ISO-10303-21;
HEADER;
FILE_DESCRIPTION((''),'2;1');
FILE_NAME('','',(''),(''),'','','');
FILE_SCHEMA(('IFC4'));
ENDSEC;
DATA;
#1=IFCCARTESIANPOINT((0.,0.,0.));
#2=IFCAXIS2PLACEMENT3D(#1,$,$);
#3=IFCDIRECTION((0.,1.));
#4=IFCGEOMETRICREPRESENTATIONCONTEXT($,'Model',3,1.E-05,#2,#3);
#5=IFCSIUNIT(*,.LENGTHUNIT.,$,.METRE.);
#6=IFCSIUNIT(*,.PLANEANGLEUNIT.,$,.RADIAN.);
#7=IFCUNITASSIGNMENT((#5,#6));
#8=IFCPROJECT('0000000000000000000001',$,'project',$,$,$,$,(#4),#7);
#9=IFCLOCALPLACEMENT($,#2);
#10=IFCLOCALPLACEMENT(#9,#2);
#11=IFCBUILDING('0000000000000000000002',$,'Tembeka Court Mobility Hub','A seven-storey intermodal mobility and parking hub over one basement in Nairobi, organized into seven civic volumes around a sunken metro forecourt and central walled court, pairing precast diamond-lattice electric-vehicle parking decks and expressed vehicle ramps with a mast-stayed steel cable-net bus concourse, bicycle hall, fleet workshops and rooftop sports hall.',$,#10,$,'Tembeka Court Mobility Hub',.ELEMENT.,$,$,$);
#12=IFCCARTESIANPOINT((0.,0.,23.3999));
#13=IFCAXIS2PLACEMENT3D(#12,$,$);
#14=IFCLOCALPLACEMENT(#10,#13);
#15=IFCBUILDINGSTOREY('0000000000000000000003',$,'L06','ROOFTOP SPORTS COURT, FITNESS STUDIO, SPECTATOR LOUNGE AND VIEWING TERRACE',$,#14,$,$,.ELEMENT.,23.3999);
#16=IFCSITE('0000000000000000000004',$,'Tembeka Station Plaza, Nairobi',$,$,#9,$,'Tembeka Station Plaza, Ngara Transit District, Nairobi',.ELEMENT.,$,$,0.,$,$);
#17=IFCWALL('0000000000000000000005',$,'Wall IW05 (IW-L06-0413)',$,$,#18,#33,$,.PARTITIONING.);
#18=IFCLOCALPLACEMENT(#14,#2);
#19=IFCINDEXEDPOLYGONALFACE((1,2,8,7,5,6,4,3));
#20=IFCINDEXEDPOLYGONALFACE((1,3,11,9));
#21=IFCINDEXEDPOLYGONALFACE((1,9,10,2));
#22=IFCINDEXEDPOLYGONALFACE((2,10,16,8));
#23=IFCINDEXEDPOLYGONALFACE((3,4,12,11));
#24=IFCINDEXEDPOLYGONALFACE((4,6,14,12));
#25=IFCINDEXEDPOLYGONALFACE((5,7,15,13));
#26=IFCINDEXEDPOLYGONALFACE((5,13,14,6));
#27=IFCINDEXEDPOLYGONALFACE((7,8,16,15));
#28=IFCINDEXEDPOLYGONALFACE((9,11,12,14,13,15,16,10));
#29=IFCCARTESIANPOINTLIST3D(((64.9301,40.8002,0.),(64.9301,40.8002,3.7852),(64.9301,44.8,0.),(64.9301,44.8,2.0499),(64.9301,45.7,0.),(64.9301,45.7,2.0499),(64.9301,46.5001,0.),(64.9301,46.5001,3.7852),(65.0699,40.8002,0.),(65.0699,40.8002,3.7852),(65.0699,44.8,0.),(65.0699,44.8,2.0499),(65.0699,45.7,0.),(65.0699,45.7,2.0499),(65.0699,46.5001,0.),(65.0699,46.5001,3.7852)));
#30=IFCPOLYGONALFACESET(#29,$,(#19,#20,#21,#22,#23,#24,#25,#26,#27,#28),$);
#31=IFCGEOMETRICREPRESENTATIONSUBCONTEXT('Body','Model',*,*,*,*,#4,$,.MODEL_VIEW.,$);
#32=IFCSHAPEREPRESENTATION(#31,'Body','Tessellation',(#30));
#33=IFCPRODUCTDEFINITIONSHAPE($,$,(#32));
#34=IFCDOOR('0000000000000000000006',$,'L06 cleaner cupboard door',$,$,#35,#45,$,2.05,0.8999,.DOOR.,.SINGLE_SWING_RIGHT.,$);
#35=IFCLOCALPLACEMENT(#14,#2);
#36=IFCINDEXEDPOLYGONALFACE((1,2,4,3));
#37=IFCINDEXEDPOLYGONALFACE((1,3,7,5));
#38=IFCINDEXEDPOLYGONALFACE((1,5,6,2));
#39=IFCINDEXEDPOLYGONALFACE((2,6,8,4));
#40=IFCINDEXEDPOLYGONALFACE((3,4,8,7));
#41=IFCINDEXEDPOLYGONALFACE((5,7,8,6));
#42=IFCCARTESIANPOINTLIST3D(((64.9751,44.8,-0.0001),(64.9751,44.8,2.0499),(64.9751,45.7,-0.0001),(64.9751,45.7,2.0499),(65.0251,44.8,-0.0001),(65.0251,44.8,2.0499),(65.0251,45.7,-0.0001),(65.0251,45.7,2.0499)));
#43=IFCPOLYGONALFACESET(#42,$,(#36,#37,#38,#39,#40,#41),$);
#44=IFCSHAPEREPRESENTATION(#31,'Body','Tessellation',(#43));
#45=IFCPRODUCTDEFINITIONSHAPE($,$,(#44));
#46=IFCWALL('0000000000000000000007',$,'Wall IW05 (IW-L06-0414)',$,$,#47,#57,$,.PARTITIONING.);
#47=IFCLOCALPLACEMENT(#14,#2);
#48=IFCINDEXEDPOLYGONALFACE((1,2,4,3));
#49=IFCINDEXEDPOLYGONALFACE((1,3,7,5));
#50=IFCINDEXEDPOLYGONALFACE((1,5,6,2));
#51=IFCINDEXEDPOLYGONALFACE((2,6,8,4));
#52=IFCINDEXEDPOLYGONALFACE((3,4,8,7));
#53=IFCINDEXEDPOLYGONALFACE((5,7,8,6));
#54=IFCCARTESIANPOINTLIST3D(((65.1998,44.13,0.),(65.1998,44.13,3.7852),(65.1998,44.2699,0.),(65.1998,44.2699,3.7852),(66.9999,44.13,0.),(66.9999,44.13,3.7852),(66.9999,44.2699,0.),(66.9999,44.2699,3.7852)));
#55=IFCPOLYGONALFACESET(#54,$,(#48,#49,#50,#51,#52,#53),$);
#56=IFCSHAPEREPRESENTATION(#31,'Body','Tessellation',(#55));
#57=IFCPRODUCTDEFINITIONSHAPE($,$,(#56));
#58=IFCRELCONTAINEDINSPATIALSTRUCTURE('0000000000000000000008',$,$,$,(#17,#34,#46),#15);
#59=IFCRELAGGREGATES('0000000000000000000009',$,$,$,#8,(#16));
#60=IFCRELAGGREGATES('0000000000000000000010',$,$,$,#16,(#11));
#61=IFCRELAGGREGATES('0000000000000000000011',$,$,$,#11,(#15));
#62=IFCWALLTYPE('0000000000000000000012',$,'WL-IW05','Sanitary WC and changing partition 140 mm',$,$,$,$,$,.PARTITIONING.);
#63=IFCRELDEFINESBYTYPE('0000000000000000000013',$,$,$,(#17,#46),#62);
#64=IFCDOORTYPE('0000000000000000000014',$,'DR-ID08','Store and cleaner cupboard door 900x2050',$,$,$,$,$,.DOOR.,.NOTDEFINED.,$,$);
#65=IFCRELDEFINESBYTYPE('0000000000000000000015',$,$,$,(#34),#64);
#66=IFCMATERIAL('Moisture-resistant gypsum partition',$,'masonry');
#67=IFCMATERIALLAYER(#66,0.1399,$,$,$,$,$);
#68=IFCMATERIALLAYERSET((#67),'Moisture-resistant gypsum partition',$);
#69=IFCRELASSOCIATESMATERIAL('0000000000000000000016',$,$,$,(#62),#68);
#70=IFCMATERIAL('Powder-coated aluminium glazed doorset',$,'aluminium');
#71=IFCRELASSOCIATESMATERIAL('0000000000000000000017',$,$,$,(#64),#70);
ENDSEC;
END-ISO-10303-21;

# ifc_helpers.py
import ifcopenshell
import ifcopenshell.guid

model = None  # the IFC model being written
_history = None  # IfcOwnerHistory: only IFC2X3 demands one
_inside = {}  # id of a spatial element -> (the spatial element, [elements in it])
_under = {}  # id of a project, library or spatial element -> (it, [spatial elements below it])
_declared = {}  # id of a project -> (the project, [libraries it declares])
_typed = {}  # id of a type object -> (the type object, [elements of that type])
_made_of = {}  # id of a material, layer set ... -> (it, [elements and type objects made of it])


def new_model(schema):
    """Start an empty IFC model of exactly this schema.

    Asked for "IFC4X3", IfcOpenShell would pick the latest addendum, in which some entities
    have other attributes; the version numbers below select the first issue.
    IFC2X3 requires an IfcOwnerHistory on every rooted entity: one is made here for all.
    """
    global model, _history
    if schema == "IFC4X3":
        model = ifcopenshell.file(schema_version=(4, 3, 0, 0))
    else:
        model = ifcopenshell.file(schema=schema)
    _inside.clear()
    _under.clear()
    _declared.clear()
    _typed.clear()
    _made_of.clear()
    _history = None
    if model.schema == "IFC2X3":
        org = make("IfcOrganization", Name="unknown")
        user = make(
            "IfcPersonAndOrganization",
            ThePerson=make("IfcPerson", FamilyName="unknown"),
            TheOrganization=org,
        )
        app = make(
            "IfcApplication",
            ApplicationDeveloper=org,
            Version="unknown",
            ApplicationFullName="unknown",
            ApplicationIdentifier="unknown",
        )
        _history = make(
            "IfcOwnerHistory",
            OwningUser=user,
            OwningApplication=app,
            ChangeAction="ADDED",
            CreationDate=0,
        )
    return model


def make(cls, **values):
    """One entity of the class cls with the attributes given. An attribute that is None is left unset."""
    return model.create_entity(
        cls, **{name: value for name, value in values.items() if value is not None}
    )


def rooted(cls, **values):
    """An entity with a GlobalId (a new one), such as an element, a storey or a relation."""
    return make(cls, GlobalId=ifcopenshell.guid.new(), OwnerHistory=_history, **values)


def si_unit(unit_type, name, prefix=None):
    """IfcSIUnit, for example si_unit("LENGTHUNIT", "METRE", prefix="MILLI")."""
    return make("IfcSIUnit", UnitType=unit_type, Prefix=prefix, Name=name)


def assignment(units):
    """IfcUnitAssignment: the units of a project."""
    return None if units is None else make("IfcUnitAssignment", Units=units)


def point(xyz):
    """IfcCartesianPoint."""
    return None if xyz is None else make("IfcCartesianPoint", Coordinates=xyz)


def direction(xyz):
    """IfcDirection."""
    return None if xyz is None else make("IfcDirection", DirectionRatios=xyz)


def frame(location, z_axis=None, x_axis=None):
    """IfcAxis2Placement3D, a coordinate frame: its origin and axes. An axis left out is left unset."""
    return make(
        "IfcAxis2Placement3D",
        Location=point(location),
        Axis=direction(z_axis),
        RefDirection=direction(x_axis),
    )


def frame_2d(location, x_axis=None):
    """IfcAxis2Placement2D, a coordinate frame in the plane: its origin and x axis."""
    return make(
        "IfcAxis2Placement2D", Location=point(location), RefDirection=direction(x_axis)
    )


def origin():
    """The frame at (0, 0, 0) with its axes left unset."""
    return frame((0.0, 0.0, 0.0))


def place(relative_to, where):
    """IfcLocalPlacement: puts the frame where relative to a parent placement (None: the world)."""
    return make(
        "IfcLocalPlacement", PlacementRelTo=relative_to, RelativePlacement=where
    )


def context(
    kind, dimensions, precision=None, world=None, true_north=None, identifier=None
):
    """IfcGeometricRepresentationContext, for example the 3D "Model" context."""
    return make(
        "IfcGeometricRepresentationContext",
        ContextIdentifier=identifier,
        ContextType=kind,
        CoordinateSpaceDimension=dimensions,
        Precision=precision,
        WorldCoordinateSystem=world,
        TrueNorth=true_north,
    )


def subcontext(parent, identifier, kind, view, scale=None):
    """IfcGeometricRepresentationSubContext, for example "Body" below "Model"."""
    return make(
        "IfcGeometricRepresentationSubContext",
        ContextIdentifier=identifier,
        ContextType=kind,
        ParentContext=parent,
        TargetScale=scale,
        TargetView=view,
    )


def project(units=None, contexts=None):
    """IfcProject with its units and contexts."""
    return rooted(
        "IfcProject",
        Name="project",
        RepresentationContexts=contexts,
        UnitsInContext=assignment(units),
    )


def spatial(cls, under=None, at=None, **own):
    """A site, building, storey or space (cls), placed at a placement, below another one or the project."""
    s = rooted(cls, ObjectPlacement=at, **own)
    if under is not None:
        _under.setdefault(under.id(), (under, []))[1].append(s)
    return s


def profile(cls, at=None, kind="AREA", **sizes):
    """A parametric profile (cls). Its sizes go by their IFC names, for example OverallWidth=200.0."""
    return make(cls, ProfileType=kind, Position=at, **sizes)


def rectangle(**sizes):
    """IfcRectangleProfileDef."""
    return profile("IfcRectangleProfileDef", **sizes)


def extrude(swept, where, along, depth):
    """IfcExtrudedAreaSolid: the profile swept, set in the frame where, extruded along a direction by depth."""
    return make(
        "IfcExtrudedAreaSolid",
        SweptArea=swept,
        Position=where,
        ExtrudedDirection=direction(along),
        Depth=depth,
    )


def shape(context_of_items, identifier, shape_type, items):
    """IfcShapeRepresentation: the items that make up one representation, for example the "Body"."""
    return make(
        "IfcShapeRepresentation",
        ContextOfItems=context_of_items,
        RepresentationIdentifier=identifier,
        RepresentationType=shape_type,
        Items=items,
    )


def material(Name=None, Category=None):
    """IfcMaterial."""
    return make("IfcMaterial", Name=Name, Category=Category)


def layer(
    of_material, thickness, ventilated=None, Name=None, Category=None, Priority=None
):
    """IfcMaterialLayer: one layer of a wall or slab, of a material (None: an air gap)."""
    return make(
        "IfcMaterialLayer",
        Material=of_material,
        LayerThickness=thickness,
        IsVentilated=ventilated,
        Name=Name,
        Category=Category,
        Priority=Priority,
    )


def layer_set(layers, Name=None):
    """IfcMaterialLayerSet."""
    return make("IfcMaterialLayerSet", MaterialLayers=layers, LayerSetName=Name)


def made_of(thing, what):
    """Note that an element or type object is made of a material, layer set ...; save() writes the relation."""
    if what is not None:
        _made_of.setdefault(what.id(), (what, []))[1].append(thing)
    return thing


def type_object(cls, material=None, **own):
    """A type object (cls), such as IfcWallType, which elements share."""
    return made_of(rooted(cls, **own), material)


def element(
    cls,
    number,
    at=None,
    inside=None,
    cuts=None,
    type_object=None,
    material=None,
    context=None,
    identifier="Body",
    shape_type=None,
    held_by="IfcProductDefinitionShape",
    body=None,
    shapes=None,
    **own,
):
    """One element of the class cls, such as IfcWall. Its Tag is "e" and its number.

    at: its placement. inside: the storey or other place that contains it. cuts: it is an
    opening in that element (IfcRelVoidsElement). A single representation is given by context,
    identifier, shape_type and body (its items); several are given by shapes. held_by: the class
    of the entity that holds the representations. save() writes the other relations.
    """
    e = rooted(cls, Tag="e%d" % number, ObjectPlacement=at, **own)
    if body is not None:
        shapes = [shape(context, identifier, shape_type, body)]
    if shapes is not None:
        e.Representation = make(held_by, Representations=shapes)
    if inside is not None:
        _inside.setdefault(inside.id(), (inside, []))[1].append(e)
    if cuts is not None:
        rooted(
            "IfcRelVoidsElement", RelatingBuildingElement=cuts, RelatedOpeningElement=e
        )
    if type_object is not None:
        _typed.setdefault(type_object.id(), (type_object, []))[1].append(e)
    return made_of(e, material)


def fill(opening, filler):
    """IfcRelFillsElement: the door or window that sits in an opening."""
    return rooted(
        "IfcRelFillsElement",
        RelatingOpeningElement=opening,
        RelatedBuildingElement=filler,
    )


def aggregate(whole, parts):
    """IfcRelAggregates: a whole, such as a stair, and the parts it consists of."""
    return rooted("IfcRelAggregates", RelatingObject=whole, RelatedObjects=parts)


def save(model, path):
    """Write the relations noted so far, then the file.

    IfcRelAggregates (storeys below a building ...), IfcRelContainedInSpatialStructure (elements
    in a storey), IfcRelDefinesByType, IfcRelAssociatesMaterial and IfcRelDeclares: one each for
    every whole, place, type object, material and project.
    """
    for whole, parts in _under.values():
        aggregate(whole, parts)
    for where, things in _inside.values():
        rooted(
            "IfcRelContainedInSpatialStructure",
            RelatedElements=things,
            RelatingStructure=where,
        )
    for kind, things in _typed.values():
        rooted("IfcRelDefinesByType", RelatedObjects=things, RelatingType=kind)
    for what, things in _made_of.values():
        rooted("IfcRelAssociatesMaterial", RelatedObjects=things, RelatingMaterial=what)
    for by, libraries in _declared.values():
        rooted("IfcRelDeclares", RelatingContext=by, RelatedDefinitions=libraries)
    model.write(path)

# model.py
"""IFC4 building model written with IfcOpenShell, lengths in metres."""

from ifc_helpers import new_model, si_unit, direction, frame, frame_2d, origin, place, context, subcontext, project, spatial, rectangle, extrude, material, layer, layer_set, type_object, element, fill, save


model = new_model("IFC4")

# Units and contexts
model_context = context("Model", 3, precision=1e-05, world=origin(), true_north=direction((0.0, 1.0)))
body_context = subcontext(model_context, "Body", "Model", "MODEL_VIEW")
ifc_project = project(units=[si_unit("LENGTHUNIT", "METRE"), si_unit("PLANEANGLEUNIT", "RADIAN")], contexts=[model_context])

# Site, building, storey
site_placement = place(None, origin())
site = spatial("IfcSite", under=ifc_project, at=site_placement, Name="Tembeka Station Plaza, Nairobi", LongName="Tembeka Station Plaza, Ngara Transit District, Nairobi", CompositionType="ELEMENT", RefElevation=0.0)
building_placement = place(site_placement, origin())
building = spatial("IfcBuilding", under=site, at=building_placement, Name="Tembeka Court Mobility Hub", Description="A seven-storey intermodal mobility and parking hub over one basement in Nairobi, organized into seven civic volumes around a sunken metro forecourt and central walled court, pairing precast diamond-lattice electric-vehicle parking decks and expressed vehicle ramps with a mast-stayed steel cable-net bus concourse, bicycle hall, fleet workshops and rooftop sports hall.", LongName="Tembeka Court Mobility Hub", CompositionType="ELEMENT")
storey_placement = place(building_placement, frame((0.0, 0.0, 23.3999)))
storey = spatial("IfcBuildingStorey", under=building, at=storey_placement, Name="L06", Description="ROOFTOP SPORTS COURT, FITNESS STUDIO, SPECTATOR LOUNGE AND VIEWING TERRACE", CompositionType="ELEMENT", Elevation=23.3999)

# Shared definitions
ifc_material_1 = material(Name="Moisture-resistant gypsum partition", Category="masonry")
ifc_layer_1 = layer(ifc_material_1, 0.1399)
ifc_layer_set_1 = layer_set([ifc_layer_1], Name="Moisture-resistant gypsum partition")
wall_type_1 = type_object("IfcWallType", Name="WL-IW05", Description="Sanitary WC and changing partition 140 mm", PredefinedType="PARTITIONING", material=ifc_layer_set_1)
ifc_material_2 = material(Name="Powder-coated aluminium glazed doorset", Category="aluminium")

# Wall, opening, door
wall_1_placement = place(storey_placement, frame((65.0, 40.8, 0.0), z_axis=(0.0, 0.0, 1.0), x_axis=(0.0, 1.0, 0.0)))
wall_1 = element("IfcWall", 1, at=wall_1_placement, inside=storey, type_object=wall_type_1, Name="Wall IW05 (IW-L06-0413)", PredefinedType="PARTITIONING", context=body_context, shape_type="SweptSolid", body=[
    extrude(rectangle(XDim=5.7, YDim=0.1399, at=frame_2d((2.8501, 0.0))), origin(), (0.0, 0.0, 1.0), 3.7852),
])
opening_1_placement = place(wall_1_placement, frame((4.0, 0.0, 0.0)))
opening_1 = element("IfcOpeningElement", 2, at=opening_1_placement, cuts=wall_1, PredefinedType="OPENING", context=body_context, shape_type="SweptSolid", body=[
    extrude(rectangle(XDim=0.8999, YDim=2.05, at=frame_2d((0.45, 1.0249))), frame((0.0, 0.0801, 0.0), z_axis=(0.0, -1.0, 0.0), x_axis=(1.0, 0.0, 0.0)), (0.0, 0.0, 1.0), 0.1599),
])
door_type_1 = type_object("IfcDoorType", Name="DR-ID08", Description="Store and cleaner cupboard door 900x2050", OperationType="NOTDEFINED", PredefinedType="DOOR", material=ifc_material_2)
door_1_placement = place(opening_1_placement, origin())
door_1 = element("IfcDoor", 3, at=door_1_placement, inside=storey, type_object=door_type_1, Name="L06 cleaner cupboard door", OperationType="SINGLE_SWING_RIGHT", OverallHeight=2.05, OverallWidth=0.8999, PredefinedType="DOOR", context=body_context, shape_type="SweptSolid", body=[
    extrude(rectangle(XDim=0.8999, YDim=2.05, at=frame_2d((0.45, 1.0249))), frame((0.0, 0.0249, 0.0), z_axis=(0.0, -1.0, 0.0), x_axis=(1.0, 0.0, 0.0)), (0.0, 0.0, 1.0), 0.05),
])
fill(opening_1, door_1)

# Wall
wall_2_placement = place(storey_placement, frame((65.2, 44.2, 0.0), z_axis=(0.0, 0.0, 1.0), x_axis=(1.0, 0.0, 0.0)))
element("IfcWall", 4, at=wall_2_placement, inside=storey, type_object=wall_type_1, Name="Wall IW05 (IW-L06-0414)", PredefinedType="PARTITIONING", context=body_context, shape_type="SweptSolid", body=[
    extrude(rectangle(XDim=1.8, YDim=0.1399, at=frame_2d((0.8999, 0.0))), origin(), (0.0, 0.0, 1.0), 3.7852),
])

save(model, "model.ifc")
